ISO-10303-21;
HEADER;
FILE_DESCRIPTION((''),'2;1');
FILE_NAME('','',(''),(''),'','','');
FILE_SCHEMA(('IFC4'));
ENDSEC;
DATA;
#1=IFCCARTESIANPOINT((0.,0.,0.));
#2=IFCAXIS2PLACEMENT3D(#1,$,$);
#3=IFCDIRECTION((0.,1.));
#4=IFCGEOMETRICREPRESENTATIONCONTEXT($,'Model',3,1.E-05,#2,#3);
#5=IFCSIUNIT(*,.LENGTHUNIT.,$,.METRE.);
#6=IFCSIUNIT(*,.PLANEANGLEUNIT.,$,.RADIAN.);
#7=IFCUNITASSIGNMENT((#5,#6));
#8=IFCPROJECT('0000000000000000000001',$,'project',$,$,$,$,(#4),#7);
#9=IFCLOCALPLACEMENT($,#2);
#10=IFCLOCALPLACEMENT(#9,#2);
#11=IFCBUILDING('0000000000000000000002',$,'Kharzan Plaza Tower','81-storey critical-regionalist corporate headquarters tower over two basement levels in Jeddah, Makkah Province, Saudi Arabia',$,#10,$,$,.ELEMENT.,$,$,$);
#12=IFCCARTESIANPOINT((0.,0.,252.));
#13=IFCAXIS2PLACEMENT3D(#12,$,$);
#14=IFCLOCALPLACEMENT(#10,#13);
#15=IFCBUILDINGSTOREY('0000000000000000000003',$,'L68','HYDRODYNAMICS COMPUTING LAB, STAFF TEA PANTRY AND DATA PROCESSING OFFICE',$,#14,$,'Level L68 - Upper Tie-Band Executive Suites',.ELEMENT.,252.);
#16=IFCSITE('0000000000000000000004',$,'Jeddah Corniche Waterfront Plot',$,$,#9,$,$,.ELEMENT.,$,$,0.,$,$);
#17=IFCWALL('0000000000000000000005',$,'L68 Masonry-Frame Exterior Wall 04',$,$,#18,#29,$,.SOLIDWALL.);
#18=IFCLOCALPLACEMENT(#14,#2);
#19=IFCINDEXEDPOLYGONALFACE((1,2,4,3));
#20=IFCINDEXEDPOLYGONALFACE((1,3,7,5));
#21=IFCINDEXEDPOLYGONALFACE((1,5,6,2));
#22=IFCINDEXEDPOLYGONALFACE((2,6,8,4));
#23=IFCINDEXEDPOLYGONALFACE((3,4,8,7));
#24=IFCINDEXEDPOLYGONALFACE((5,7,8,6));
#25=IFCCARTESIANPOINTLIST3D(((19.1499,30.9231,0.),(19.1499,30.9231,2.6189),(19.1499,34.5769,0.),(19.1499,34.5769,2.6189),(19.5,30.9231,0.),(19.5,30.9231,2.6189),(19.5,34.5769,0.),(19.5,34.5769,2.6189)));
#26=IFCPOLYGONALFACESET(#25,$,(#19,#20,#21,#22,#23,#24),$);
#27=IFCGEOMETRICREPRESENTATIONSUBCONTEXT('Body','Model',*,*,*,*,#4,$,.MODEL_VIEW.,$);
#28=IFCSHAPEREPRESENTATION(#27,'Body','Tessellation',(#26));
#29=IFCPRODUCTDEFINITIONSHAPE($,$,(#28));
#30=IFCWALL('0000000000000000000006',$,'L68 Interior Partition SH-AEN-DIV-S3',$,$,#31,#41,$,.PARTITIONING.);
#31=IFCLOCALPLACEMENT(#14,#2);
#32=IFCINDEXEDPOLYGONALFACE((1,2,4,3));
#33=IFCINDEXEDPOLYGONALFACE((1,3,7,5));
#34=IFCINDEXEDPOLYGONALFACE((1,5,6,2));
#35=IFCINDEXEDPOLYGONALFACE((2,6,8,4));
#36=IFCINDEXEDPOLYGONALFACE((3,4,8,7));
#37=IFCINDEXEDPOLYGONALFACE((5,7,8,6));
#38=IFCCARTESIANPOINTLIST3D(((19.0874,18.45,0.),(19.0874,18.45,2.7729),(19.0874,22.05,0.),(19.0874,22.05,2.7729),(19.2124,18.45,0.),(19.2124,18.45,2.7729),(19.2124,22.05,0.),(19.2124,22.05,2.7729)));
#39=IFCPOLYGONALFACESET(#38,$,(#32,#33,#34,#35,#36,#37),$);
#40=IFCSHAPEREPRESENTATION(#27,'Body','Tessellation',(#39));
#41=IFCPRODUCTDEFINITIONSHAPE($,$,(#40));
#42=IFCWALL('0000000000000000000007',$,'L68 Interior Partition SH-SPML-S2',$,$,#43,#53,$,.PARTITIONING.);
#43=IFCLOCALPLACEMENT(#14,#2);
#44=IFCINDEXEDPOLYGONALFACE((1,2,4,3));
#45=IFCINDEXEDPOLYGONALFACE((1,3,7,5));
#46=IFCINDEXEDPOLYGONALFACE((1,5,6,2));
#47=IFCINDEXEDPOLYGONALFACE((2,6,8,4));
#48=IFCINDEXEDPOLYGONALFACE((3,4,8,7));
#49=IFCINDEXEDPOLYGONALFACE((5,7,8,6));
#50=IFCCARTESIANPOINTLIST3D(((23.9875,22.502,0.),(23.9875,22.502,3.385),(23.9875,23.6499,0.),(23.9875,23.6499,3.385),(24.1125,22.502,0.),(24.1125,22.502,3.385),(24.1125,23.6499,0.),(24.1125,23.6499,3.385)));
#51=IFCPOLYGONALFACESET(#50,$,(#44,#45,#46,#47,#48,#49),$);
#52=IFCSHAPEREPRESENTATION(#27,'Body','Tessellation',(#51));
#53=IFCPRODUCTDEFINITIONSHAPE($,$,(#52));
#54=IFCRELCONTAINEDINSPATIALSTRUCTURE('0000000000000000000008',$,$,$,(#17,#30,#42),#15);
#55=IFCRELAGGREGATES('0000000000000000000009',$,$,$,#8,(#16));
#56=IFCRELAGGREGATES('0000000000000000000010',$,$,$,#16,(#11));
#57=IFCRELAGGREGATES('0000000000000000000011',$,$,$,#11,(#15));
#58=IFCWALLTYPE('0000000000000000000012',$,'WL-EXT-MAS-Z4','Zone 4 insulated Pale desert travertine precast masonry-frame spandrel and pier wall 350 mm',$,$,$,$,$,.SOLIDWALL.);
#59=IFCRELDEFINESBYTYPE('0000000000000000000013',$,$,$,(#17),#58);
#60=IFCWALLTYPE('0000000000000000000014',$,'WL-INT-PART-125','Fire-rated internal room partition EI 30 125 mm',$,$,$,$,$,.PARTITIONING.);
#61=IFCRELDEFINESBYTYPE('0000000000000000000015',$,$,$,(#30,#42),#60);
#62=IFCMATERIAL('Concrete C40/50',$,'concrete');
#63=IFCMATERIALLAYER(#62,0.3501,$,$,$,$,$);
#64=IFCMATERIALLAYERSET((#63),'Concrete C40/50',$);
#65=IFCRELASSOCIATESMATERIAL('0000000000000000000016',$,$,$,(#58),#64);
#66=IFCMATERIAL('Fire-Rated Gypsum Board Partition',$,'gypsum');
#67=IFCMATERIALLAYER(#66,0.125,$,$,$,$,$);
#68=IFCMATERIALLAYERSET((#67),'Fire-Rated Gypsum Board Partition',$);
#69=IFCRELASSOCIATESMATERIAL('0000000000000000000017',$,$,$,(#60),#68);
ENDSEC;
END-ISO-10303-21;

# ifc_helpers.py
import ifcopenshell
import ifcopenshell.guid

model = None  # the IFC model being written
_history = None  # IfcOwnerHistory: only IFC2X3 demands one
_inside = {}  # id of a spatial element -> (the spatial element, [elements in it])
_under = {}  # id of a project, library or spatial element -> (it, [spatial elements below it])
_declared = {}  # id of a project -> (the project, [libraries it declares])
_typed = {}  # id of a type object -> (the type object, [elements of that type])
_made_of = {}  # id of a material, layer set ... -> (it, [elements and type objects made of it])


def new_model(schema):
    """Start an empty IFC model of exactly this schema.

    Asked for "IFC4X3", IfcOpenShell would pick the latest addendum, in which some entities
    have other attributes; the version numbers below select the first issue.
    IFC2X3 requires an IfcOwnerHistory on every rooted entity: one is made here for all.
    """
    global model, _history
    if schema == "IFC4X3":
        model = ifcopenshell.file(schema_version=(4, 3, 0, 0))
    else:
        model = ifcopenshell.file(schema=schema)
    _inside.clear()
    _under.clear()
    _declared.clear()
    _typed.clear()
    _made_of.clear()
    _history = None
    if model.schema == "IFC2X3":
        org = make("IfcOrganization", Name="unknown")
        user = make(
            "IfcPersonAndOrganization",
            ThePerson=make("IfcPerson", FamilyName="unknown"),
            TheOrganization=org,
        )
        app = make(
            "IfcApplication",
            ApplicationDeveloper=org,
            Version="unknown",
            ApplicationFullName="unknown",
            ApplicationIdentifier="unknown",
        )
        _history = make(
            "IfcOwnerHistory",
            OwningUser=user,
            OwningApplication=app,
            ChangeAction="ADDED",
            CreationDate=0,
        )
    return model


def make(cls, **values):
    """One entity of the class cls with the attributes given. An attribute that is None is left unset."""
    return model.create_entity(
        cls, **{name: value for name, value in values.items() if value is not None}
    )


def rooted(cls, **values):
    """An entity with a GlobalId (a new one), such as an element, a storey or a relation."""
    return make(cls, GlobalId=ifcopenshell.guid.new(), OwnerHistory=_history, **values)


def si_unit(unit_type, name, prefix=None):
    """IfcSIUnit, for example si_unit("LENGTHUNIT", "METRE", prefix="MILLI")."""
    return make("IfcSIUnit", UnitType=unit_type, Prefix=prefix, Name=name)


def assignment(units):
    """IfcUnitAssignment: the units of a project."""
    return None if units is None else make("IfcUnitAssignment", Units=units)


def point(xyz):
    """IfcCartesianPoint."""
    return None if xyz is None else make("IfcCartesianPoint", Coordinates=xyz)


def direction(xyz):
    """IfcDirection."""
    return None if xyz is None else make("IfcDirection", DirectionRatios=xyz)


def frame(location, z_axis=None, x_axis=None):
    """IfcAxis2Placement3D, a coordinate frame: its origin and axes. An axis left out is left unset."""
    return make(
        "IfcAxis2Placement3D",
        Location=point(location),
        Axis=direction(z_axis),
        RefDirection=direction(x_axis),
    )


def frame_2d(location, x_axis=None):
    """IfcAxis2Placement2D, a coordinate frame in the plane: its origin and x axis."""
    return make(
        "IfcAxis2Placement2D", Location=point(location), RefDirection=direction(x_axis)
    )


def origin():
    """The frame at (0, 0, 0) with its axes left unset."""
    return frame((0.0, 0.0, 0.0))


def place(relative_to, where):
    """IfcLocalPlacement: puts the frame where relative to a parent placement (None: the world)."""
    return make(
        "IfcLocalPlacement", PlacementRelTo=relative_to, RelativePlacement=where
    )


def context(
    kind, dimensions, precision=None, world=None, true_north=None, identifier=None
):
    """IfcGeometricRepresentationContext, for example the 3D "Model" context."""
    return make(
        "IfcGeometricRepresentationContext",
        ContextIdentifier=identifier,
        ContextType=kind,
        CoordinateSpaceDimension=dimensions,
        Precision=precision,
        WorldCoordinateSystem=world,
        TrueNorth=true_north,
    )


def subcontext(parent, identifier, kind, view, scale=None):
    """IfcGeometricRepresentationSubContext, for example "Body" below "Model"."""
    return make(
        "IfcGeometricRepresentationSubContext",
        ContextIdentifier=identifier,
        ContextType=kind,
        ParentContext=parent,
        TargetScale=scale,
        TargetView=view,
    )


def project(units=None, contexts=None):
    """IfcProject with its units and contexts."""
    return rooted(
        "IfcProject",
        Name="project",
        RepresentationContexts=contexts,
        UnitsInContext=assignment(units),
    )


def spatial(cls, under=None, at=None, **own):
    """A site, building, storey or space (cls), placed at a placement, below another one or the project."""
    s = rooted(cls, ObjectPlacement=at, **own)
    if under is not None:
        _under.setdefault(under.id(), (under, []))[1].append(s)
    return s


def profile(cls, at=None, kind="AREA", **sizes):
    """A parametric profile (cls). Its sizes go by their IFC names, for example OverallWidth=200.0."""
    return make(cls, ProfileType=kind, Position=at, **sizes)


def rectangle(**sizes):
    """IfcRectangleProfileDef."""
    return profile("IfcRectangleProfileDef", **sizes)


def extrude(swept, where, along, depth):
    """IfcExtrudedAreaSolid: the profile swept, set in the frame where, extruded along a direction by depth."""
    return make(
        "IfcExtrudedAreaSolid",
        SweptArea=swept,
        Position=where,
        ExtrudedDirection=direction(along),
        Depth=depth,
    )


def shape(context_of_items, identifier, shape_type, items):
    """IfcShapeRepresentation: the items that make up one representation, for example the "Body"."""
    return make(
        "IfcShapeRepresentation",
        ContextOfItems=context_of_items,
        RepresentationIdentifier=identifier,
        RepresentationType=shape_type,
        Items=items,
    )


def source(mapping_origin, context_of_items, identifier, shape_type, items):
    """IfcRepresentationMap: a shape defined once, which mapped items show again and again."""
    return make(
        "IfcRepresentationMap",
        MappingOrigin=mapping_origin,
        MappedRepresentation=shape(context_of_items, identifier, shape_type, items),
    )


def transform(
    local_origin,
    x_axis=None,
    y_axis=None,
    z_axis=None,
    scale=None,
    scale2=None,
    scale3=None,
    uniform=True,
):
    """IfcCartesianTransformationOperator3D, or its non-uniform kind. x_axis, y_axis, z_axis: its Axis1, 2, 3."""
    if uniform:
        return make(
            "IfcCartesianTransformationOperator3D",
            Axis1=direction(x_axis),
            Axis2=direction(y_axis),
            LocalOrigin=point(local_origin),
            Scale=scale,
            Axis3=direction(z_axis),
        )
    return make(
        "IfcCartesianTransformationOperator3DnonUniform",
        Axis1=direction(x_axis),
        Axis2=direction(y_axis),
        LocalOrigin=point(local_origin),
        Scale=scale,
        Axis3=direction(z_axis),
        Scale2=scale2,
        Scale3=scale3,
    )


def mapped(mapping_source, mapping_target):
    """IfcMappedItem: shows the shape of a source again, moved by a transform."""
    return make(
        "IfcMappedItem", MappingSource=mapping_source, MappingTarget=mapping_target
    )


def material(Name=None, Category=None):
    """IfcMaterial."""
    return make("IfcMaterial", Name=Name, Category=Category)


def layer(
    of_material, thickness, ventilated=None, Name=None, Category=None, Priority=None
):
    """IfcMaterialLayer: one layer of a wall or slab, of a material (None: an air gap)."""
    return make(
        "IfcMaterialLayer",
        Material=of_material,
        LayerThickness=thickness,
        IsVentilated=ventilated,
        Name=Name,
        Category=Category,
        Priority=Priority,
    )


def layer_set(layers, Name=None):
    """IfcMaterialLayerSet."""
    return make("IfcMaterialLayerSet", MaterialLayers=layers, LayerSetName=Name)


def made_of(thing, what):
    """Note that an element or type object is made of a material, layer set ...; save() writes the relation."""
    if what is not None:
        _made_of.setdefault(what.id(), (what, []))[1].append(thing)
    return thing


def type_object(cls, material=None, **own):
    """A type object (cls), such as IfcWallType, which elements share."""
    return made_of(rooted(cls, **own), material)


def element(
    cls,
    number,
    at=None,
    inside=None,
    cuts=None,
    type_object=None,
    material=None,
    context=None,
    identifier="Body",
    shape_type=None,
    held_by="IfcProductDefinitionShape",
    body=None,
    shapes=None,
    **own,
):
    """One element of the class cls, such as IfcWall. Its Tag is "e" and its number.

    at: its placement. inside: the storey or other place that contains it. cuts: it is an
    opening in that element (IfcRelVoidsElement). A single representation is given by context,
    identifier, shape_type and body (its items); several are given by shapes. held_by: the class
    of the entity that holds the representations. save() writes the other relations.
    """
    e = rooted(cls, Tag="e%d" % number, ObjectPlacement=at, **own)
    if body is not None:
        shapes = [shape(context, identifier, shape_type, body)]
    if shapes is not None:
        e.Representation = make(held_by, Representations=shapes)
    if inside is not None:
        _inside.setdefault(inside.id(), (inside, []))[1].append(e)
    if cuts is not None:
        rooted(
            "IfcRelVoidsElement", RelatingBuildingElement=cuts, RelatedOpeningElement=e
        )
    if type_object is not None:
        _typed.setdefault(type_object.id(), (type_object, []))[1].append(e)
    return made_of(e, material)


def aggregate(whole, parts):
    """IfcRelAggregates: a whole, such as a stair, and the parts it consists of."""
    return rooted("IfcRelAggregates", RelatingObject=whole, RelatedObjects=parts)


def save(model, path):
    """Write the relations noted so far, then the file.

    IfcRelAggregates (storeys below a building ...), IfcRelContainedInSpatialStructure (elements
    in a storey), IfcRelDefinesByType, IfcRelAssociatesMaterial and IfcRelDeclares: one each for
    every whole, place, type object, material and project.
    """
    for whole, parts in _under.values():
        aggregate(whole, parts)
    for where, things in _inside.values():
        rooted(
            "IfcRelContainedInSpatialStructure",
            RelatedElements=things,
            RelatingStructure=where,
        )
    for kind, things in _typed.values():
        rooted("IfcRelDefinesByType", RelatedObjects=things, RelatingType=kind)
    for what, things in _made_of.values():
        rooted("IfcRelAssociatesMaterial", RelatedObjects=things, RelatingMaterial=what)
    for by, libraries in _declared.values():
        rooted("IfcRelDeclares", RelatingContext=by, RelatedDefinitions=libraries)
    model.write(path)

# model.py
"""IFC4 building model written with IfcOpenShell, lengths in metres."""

from ifc_helpers import new_model, si_unit, direction, frame, frame_2d, origin, place, context, subcontext, project, spatial, rectangle, extrude, source, transform, mapped, material, layer, layer_set, type_object, element, save


model = new_model("IFC4")

# Units and contexts
model_context = context("Model", 3, precision=1e-05, world=origin(), true_north=direction((0.0, 1.0)))
body_context = subcontext(model_context, "Body", "Model", "MODEL_VIEW")
ifc_project = project(units=[si_unit("LENGTHUNIT", "METRE"), si_unit("PLANEANGLEUNIT", "RADIAN")], contexts=[model_context])

# Site, building, storey
site_placement = place(None, origin())
site = spatial("IfcSite", under=ifc_project, at=site_placement, Name="Jeddah Corniche Waterfront Plot", CompositionType="ELEMENT", RefElevation=0.0)
building_placement = place(site_placement, origin())
building = spatial("IfcBuilding", under=site, at=building_placement, Name="Kharzan Plaza Tower", Description="81-storey critical-regionalist corporate headquarters tower over two basement levels in Jeddah, Makkah Province, Saudi Arabia", CompositionType="ELEMENT")
storey_placement = place(building_placement, frame((0.0, 0.0, 252.0)))
storey = spatial("IfcBuildingStorey", under=building, at=storey_placement, Name="L68", Description="HYDRODYNAMICS COMPUTING LAB, STAFF TEA PANTRY AND DATA PROCESSING OFFICE", LongName="Level L68 - Upper Tie-Band Executive Suites", CompositionType="ELEMENT", Elevation=252.0)

# Shared definitions
ifc_material_1 = material(Name="Concrete C40/50", Category="concrete")
ifc_layer_1 = layer(ifc_material_1, 0.3501)
ifc_layer_set_1 = layer_set([ifc_layer_1], Name="Concrete C40/50")
wall_type_1 = type_object("IfcWallType", Name="WL-EXT-MAS-Z4", Description="Zone 4 insulated Pale desert travertine precast masonry-frame spandrel and pier wall 350 mm", PredefinedType="SOLIDWALL", material=ifc_layer_set_1)

# Shared definitions
ifc_material_2 = material(Name="Fire-Rated Gypsum Board Partition", Category="gypsum")
ifc_layer_2 = layer(ifc_material_2, 0.125)
ifc_layer_set_2 = layer_set([ifc_layer_2], Name="Fire-Rated Gypsum Board Partition")
wall_type_2 = type_object("IfcWallType", Name="WL-INT-PART-125", Description="Fire-rated internal room partition EI 30 125 mm", PredefinedType="PARTITIONING", material=ifc_layer_set_2)

# Walls
shared_shape_1 = source(origin(), body_context, "Body", "SweptSolid", [
    extrude(rectangle(XDim=3.6538, YDim=0.3501, at=frame_2d((1.8269, 0.0))), origin(), (0.0, 0.0, 1.0), 2.6189),
])
wall_1_placement = place(storey_placement, frame((19.325, 30.9231, 0.0), z_axis=(0.0, 0.0, 1.0), x_axis=(0.0, 1.0, 0.0)))
element("IfcWall", 1, at=wall_1_placement, inside=storey, type_object=wall_type_1, Name="L68 Masonry-Frame Exterior Wall 04", PredefinedType="SOLIDWALL", context=body_context, shape_type="MappedRepresentation", body=[
    mapped(shared_shape_1, transform((0.0, 0.0, 0.0), x_axis=(1.0, 0.0, 0.0), y_axis=(0.0, 1.0, 0.0), z_axis=(0.0, 0.0, 1.0))),
])
shared_shape_2 = source(origin(), body_context, "Body", "SweptSolid", [
    extrude(rectangle(XDim=3.6001, YDim=0.125, at=frame_2d((1.8, 0.0))), origin(), (0.0, 0.0, 1.0), 2.7729),
])
wall_2_placement = place(storey_placement, frame((19.1499, 18.45, 0.0), z_axis=(0.0, 0.0, 1.0), x_axis=(0.0, 1.0, 0.0)))
element("IfcWall", 2, at=wall_2_placement, inside=storey, type_object=wall_type_2, Name="L68 Interior Partition SH-AEN-DIV-S3", PredefinedType="PARTITIONING", context=body_context, shape_type="MappedRepresentation", body=[
    mapped(shared_shape_2, transform((0.0, 0.0, 0.0), x_axis=(1.0, 0.0, 0.0), y_axis=(0.0, 1.0, 0.0), z_axis=(0.0, 0.0, 1.0))),
])
shared_shape_3 = source(origin(), body_context, "Body", "SweptSolid", [
    extrude(rectangle(XDim=1.1479, YDim=0.125, at=frame_2d((0.574, 0.0))), origin(), (0.0, 0.0, 1.0), 3.385),
])
wall_3_placement = place(storey_placement, frame((24.05, 22.502, 0.0), z_axis=(0.0, 0.0, 1.0), x_axis=(0.0, 1.0, 0.0)))
element("IfcWall", 3, at=wall_3_placement, inside=storey, type_object=wall_type_2, Name="L68 Interior Partition SH-SPML-S2", PredefinedType="PARTITIONING", context=body_context, shape_type="MappedRepresentation", body=[
    mapped(shared_shape_3, transform((0.0, 0.0, 0.0), x_axis=(1.0, 0.0, 0.0), y_axis=(0.0, 1.0, 0.0), z_axis=(0.0, 0.0, 1.0))),
])

save(model, "model.ifc")
